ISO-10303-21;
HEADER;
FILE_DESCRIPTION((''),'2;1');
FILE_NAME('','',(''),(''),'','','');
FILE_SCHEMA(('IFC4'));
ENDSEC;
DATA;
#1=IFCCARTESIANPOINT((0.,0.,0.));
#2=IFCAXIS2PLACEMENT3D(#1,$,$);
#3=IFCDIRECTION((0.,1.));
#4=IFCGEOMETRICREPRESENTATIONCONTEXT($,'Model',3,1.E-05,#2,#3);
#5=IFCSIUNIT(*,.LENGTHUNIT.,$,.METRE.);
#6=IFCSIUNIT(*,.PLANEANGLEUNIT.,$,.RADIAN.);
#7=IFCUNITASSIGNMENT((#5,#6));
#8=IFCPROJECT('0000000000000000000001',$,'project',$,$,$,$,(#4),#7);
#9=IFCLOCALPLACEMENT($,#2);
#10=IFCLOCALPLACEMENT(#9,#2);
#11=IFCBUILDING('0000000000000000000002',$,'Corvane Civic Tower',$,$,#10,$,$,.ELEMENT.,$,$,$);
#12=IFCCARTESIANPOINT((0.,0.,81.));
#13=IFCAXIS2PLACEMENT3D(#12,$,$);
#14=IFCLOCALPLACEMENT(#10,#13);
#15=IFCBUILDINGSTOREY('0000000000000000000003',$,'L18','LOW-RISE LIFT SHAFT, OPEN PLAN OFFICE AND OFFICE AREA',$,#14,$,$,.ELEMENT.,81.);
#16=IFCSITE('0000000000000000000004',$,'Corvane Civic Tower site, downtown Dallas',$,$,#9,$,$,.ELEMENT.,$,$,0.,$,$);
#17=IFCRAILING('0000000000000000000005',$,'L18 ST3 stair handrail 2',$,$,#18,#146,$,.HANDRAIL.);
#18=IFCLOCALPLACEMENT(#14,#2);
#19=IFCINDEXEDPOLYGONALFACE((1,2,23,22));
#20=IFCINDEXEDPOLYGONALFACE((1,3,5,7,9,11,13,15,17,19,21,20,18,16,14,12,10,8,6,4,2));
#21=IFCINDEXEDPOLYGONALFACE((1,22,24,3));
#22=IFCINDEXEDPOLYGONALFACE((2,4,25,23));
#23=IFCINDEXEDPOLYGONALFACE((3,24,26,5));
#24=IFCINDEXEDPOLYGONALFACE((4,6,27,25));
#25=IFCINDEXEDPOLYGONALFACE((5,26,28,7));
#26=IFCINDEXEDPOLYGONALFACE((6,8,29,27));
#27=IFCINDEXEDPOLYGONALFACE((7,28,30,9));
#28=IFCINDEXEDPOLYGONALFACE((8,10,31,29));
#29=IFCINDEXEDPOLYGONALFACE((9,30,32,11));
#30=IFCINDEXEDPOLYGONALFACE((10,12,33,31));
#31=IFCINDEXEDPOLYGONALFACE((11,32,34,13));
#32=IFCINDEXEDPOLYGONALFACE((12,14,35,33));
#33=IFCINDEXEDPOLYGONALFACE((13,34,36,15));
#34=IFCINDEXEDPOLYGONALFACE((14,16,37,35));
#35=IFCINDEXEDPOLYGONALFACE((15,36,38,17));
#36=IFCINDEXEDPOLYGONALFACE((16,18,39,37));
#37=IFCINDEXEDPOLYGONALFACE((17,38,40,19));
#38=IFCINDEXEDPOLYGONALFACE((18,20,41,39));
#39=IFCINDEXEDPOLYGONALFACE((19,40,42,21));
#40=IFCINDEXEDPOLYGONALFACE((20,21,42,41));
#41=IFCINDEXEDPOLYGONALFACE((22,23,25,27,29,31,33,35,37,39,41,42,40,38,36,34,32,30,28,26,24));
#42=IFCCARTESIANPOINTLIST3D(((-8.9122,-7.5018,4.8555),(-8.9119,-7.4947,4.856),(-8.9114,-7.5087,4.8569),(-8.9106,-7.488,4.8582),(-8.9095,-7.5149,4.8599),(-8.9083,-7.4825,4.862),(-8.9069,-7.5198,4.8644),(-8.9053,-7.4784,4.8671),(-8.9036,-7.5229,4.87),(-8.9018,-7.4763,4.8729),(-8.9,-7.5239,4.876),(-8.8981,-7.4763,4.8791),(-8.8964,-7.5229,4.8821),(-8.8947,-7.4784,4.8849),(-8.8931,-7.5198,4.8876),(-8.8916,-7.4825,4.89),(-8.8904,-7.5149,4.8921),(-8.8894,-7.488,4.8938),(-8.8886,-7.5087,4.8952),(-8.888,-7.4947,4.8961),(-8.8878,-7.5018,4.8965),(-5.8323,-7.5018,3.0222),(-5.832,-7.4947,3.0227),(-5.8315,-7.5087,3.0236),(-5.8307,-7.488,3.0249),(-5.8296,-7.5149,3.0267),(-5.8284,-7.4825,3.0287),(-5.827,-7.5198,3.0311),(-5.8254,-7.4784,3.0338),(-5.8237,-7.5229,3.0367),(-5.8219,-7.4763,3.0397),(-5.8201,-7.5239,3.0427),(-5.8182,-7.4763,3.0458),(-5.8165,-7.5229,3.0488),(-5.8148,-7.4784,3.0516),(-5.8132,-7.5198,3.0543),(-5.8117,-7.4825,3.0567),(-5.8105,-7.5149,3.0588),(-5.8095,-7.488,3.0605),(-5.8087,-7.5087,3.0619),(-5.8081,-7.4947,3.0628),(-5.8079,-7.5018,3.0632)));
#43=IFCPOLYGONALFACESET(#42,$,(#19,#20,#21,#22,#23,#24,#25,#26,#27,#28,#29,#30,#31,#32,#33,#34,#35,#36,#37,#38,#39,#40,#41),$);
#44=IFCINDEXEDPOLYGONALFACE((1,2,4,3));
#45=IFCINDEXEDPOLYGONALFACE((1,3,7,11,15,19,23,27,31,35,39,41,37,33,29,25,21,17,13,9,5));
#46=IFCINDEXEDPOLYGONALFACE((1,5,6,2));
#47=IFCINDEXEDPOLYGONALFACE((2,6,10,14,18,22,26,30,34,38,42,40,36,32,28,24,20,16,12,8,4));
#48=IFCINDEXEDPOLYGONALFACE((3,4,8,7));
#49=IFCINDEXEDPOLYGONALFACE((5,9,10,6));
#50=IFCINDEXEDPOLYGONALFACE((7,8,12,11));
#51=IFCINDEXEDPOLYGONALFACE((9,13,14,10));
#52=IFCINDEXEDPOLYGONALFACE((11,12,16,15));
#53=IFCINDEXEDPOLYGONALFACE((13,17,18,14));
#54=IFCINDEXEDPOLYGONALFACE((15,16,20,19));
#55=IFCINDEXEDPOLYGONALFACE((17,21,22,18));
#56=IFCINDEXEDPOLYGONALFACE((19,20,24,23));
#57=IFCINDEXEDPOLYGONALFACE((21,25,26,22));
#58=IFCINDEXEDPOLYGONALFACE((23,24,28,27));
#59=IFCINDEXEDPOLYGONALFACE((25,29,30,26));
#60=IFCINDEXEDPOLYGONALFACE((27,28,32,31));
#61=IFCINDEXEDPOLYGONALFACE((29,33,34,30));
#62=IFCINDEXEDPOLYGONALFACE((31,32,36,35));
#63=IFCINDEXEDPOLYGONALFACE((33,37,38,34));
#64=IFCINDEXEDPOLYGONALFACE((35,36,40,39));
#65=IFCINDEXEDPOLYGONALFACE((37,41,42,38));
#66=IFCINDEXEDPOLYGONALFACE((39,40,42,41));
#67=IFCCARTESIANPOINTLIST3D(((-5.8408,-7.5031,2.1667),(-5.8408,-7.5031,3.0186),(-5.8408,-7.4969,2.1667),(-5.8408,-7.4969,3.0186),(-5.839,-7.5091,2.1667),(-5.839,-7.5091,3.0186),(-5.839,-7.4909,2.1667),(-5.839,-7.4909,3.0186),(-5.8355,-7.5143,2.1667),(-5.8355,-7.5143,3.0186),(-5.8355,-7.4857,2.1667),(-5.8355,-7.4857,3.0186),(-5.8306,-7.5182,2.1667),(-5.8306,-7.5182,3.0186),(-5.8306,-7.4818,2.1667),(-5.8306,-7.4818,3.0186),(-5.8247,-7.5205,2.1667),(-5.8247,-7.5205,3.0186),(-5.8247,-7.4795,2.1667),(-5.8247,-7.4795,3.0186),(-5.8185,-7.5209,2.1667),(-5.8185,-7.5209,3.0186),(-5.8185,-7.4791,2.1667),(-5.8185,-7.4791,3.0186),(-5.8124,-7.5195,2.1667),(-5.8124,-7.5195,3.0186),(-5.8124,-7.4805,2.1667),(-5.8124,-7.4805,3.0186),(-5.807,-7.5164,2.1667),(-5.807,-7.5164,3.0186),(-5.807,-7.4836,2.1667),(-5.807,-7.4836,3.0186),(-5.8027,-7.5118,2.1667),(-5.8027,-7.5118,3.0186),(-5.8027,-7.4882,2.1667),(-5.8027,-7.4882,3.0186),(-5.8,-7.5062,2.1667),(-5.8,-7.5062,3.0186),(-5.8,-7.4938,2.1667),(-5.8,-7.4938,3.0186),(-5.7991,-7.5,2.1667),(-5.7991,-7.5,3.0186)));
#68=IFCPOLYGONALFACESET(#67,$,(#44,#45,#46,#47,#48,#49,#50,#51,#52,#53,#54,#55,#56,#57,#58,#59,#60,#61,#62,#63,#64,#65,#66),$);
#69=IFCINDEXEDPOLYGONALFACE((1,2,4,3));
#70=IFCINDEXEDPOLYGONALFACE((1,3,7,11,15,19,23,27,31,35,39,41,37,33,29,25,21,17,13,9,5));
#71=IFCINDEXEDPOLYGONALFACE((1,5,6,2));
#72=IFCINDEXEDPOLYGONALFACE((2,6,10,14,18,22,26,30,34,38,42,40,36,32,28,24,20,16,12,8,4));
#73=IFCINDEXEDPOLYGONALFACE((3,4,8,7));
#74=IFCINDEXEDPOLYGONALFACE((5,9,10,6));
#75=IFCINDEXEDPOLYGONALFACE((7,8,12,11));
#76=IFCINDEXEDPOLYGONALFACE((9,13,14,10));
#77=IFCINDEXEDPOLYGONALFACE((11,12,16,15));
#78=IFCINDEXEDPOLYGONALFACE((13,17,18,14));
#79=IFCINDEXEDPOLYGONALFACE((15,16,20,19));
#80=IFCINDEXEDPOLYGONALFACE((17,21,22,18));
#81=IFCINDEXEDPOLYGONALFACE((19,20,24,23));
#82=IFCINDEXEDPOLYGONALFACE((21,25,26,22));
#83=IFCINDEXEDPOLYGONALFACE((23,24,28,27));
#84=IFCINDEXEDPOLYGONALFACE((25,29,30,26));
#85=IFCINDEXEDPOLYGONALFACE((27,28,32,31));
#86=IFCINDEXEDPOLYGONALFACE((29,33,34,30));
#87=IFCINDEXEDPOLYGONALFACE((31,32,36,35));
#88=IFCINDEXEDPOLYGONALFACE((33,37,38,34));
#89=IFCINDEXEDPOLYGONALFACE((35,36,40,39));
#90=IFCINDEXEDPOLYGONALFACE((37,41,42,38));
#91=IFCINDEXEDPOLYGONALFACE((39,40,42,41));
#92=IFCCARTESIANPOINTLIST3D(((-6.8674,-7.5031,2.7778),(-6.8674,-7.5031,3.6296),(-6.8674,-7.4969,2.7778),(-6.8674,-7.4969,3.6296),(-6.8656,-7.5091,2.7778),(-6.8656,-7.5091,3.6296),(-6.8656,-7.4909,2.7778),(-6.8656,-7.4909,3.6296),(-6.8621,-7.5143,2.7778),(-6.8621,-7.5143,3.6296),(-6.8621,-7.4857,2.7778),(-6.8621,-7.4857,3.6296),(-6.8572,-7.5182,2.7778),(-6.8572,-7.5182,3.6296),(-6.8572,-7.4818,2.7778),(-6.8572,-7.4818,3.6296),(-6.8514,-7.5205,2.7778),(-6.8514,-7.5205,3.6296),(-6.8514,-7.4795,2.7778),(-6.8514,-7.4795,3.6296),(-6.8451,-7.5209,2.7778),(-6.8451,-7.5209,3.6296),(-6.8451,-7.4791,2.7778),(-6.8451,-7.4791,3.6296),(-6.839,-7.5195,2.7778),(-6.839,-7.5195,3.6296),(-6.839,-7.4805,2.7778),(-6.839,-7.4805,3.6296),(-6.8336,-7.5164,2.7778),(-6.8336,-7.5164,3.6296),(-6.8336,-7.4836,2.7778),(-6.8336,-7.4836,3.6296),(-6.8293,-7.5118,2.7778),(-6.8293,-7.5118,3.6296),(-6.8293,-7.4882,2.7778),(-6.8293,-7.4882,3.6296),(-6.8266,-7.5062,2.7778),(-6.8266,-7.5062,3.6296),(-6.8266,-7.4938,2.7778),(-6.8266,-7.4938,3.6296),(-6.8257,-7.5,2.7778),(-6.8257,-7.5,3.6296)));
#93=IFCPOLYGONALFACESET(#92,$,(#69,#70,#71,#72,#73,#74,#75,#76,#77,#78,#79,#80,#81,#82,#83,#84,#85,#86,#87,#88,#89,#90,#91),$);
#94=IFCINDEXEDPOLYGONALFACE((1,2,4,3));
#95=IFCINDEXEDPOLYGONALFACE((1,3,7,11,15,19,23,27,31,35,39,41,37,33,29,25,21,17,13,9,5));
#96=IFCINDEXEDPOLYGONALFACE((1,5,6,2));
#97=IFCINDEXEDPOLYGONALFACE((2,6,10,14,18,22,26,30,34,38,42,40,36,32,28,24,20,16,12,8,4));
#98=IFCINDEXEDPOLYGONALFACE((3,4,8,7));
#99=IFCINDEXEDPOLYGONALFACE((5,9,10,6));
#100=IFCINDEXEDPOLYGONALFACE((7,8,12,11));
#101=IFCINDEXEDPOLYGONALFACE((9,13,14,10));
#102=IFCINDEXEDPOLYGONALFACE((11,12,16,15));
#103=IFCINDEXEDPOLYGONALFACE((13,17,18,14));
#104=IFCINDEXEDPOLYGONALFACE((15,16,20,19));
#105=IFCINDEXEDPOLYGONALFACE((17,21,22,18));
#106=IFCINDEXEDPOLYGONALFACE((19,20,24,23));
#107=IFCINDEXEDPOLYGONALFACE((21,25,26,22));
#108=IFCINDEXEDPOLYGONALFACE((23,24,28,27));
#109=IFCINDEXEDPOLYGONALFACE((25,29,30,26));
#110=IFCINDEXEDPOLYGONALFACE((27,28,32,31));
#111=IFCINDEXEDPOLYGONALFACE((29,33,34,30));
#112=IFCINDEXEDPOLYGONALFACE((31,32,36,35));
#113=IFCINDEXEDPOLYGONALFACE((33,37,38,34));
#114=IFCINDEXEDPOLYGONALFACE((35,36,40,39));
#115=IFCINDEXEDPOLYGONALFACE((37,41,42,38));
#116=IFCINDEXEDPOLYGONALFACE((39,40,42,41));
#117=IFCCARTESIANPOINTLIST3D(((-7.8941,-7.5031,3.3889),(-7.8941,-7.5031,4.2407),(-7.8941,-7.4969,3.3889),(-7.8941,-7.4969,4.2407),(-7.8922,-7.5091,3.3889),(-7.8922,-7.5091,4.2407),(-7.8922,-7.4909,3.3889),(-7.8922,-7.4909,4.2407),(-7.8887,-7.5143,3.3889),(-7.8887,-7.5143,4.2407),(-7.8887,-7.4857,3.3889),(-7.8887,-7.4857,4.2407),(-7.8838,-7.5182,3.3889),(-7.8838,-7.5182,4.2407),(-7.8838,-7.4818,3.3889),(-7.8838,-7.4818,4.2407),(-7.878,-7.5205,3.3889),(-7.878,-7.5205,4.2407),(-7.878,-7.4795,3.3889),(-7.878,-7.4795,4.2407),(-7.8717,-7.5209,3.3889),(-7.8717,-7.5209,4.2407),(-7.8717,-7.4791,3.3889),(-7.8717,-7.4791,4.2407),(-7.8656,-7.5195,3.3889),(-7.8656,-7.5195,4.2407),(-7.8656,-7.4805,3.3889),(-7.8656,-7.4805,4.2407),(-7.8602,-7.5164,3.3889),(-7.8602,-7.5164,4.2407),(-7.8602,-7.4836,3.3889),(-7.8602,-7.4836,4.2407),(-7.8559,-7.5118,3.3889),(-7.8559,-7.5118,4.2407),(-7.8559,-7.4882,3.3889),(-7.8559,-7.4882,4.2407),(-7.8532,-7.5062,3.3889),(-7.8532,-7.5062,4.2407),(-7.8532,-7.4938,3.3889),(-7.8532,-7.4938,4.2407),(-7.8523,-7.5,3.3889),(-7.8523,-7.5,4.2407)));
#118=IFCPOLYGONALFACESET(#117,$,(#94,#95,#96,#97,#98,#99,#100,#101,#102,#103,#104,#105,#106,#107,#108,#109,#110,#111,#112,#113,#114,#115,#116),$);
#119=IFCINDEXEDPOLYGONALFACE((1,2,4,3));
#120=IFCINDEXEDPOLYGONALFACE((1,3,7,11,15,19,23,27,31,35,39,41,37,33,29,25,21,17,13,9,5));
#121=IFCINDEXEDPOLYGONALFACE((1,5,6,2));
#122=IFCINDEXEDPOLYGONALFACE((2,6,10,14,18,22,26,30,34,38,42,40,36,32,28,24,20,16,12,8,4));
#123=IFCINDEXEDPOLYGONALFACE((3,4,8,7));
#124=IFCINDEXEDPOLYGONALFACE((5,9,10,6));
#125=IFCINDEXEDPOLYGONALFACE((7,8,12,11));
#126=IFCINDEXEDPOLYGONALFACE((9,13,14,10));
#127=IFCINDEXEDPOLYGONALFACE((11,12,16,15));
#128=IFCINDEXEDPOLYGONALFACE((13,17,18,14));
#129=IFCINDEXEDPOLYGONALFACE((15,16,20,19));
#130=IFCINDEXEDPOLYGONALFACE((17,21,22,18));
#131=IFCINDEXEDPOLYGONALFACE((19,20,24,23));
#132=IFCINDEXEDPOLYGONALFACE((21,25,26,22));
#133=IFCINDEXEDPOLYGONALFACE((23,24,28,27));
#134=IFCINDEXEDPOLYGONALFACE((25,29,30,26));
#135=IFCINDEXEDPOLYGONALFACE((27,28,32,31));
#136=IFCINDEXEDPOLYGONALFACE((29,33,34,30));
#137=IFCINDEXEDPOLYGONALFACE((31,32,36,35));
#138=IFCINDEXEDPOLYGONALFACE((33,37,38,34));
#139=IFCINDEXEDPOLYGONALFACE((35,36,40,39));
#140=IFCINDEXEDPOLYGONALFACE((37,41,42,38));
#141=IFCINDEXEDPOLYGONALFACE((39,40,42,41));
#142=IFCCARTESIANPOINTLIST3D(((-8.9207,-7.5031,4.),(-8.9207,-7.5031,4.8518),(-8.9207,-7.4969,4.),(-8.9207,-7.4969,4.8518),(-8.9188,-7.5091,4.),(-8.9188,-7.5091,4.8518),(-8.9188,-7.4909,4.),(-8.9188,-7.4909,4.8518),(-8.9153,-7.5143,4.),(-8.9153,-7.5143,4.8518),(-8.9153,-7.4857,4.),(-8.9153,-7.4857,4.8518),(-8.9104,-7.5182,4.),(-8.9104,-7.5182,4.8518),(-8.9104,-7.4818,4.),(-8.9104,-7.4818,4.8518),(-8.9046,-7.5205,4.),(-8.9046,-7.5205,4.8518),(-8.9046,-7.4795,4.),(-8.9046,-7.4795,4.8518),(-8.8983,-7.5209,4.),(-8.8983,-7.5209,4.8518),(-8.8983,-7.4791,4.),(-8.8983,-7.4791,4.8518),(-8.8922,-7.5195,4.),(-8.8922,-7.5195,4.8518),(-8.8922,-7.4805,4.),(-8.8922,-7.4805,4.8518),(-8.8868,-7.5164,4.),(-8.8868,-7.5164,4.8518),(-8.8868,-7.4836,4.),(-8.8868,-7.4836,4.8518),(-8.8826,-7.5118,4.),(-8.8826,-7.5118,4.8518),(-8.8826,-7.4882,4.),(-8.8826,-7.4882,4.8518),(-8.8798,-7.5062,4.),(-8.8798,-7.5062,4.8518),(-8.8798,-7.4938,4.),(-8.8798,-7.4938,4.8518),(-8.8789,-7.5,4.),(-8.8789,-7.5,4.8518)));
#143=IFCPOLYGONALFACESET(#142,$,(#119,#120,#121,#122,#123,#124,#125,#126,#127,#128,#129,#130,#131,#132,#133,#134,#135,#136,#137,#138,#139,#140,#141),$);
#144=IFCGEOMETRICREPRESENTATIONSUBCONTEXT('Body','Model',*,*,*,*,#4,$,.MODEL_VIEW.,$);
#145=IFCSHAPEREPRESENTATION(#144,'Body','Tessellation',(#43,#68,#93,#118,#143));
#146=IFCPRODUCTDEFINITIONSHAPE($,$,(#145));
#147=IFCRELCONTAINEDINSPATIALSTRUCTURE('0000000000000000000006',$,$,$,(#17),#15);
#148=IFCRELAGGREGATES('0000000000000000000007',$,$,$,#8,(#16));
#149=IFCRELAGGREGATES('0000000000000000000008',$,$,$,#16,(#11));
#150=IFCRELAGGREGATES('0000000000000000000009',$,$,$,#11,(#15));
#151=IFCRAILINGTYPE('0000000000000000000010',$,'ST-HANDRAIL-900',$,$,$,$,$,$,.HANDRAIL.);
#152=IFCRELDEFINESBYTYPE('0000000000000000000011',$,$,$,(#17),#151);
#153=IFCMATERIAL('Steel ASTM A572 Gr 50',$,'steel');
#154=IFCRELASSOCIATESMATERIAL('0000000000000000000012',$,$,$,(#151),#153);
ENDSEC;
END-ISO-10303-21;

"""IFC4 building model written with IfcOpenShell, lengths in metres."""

from ifc_helpers import new_model, si_unit, direction, frame, origin, origin_2d, place, context, subcontext, project, spatial, circle, extrude, material, type_object, element, save


model = new_model("IFC4")

# Units and contexts
model_context = context("Model", 3, precision=1e-05, world=origin(), true_north=direction((0.0, 1.0)))
body_context = subcontext(model_context, "Body", "Model", "MODEL_VIEW")
ifc_project = project(units=[si_unit("LENGTHUNIT", "METRE"), si_unit("PLANEANGLEUNIT", "RADIAN")], contexts=[model_context])

# Site, building, storey
site_placement = place(None, origin())
site = spatial("IfcSite", under=ifc_project, at=site_placement, Name="Corvane Civic Tower site, downtown Dallas", CompositionType="ELEMENT", RefElevation=0.0)
building_placement = place(site_placement, origin())
building = spatial("IfcBuilding", under=site, at=building_placement, Name="Corvane Civic Tower", CompositionType="ELEMENT")
storey_placement = place(building_placement, frame((0.0, 0.0, 81.0)))
storey = spatial("IfcBuildingStorey", under=building, at=storey_placement, Name="L18", Description="LOW-RISE LIFT SHAFT, OPEN PLAN OFFICE AND OFFICE AREA", CompositionType="ELEMENT", Elevation=81.0)

# Railing
ifc_material_1 = material(Name="Steel ASTM A572 Gr 50", Category="steel")
railing_type_1 = type_object("IfcRailingType", Name="ST-HANDRAIL-900", PredefinedType="HANDRAIL", material=ifc_material_1)
railing_1_placement = place(storey_placement, frame((-5.8201, -7.5, 2.1667)))
element("IfcRailing", 1, at=railing_1_placement, inside=storey, type_object=railing_type_1, Name="L18 ST3 stair handrail 2", PredefinedType="HANDRAIL", context=body_context, shape_type="SweptSolid", body=[
    extrude(circle(Radius=0.0239, at=origin_2d()), frame((0.0, 0.0, 0.876), z_axis=(-0.859291, 0.0, 0.511487), x_axis=(0.0, -1.0, 0.0)), (0.0, 0.0, 1.0), 3.5842),
    extrude(circle(Radius=0.021, at=origin_2d()), origin(), (0.0, 0.0, 1.0), 0.8518),
    extrude(circle(Radius=0.021, at=origin_2d()), frame((-1.0266, 0.0, 0.6111)), (0.0, 0.0, 1.0), 0.8518),
    extrude(circle(Radius=0.021, at=origin_2d()), frame((-2.0532, 0.0, 1.2222)), (0.0, 0.0, 1.0), 0.8518),
    extrude(circle(Radius=0.021, at=origin_2d()), frame((-3.0798, 0.0, 1.8333)), (0.0, 0.0, 1.0), 0.8518),
])

save(model, "model.ifc")
